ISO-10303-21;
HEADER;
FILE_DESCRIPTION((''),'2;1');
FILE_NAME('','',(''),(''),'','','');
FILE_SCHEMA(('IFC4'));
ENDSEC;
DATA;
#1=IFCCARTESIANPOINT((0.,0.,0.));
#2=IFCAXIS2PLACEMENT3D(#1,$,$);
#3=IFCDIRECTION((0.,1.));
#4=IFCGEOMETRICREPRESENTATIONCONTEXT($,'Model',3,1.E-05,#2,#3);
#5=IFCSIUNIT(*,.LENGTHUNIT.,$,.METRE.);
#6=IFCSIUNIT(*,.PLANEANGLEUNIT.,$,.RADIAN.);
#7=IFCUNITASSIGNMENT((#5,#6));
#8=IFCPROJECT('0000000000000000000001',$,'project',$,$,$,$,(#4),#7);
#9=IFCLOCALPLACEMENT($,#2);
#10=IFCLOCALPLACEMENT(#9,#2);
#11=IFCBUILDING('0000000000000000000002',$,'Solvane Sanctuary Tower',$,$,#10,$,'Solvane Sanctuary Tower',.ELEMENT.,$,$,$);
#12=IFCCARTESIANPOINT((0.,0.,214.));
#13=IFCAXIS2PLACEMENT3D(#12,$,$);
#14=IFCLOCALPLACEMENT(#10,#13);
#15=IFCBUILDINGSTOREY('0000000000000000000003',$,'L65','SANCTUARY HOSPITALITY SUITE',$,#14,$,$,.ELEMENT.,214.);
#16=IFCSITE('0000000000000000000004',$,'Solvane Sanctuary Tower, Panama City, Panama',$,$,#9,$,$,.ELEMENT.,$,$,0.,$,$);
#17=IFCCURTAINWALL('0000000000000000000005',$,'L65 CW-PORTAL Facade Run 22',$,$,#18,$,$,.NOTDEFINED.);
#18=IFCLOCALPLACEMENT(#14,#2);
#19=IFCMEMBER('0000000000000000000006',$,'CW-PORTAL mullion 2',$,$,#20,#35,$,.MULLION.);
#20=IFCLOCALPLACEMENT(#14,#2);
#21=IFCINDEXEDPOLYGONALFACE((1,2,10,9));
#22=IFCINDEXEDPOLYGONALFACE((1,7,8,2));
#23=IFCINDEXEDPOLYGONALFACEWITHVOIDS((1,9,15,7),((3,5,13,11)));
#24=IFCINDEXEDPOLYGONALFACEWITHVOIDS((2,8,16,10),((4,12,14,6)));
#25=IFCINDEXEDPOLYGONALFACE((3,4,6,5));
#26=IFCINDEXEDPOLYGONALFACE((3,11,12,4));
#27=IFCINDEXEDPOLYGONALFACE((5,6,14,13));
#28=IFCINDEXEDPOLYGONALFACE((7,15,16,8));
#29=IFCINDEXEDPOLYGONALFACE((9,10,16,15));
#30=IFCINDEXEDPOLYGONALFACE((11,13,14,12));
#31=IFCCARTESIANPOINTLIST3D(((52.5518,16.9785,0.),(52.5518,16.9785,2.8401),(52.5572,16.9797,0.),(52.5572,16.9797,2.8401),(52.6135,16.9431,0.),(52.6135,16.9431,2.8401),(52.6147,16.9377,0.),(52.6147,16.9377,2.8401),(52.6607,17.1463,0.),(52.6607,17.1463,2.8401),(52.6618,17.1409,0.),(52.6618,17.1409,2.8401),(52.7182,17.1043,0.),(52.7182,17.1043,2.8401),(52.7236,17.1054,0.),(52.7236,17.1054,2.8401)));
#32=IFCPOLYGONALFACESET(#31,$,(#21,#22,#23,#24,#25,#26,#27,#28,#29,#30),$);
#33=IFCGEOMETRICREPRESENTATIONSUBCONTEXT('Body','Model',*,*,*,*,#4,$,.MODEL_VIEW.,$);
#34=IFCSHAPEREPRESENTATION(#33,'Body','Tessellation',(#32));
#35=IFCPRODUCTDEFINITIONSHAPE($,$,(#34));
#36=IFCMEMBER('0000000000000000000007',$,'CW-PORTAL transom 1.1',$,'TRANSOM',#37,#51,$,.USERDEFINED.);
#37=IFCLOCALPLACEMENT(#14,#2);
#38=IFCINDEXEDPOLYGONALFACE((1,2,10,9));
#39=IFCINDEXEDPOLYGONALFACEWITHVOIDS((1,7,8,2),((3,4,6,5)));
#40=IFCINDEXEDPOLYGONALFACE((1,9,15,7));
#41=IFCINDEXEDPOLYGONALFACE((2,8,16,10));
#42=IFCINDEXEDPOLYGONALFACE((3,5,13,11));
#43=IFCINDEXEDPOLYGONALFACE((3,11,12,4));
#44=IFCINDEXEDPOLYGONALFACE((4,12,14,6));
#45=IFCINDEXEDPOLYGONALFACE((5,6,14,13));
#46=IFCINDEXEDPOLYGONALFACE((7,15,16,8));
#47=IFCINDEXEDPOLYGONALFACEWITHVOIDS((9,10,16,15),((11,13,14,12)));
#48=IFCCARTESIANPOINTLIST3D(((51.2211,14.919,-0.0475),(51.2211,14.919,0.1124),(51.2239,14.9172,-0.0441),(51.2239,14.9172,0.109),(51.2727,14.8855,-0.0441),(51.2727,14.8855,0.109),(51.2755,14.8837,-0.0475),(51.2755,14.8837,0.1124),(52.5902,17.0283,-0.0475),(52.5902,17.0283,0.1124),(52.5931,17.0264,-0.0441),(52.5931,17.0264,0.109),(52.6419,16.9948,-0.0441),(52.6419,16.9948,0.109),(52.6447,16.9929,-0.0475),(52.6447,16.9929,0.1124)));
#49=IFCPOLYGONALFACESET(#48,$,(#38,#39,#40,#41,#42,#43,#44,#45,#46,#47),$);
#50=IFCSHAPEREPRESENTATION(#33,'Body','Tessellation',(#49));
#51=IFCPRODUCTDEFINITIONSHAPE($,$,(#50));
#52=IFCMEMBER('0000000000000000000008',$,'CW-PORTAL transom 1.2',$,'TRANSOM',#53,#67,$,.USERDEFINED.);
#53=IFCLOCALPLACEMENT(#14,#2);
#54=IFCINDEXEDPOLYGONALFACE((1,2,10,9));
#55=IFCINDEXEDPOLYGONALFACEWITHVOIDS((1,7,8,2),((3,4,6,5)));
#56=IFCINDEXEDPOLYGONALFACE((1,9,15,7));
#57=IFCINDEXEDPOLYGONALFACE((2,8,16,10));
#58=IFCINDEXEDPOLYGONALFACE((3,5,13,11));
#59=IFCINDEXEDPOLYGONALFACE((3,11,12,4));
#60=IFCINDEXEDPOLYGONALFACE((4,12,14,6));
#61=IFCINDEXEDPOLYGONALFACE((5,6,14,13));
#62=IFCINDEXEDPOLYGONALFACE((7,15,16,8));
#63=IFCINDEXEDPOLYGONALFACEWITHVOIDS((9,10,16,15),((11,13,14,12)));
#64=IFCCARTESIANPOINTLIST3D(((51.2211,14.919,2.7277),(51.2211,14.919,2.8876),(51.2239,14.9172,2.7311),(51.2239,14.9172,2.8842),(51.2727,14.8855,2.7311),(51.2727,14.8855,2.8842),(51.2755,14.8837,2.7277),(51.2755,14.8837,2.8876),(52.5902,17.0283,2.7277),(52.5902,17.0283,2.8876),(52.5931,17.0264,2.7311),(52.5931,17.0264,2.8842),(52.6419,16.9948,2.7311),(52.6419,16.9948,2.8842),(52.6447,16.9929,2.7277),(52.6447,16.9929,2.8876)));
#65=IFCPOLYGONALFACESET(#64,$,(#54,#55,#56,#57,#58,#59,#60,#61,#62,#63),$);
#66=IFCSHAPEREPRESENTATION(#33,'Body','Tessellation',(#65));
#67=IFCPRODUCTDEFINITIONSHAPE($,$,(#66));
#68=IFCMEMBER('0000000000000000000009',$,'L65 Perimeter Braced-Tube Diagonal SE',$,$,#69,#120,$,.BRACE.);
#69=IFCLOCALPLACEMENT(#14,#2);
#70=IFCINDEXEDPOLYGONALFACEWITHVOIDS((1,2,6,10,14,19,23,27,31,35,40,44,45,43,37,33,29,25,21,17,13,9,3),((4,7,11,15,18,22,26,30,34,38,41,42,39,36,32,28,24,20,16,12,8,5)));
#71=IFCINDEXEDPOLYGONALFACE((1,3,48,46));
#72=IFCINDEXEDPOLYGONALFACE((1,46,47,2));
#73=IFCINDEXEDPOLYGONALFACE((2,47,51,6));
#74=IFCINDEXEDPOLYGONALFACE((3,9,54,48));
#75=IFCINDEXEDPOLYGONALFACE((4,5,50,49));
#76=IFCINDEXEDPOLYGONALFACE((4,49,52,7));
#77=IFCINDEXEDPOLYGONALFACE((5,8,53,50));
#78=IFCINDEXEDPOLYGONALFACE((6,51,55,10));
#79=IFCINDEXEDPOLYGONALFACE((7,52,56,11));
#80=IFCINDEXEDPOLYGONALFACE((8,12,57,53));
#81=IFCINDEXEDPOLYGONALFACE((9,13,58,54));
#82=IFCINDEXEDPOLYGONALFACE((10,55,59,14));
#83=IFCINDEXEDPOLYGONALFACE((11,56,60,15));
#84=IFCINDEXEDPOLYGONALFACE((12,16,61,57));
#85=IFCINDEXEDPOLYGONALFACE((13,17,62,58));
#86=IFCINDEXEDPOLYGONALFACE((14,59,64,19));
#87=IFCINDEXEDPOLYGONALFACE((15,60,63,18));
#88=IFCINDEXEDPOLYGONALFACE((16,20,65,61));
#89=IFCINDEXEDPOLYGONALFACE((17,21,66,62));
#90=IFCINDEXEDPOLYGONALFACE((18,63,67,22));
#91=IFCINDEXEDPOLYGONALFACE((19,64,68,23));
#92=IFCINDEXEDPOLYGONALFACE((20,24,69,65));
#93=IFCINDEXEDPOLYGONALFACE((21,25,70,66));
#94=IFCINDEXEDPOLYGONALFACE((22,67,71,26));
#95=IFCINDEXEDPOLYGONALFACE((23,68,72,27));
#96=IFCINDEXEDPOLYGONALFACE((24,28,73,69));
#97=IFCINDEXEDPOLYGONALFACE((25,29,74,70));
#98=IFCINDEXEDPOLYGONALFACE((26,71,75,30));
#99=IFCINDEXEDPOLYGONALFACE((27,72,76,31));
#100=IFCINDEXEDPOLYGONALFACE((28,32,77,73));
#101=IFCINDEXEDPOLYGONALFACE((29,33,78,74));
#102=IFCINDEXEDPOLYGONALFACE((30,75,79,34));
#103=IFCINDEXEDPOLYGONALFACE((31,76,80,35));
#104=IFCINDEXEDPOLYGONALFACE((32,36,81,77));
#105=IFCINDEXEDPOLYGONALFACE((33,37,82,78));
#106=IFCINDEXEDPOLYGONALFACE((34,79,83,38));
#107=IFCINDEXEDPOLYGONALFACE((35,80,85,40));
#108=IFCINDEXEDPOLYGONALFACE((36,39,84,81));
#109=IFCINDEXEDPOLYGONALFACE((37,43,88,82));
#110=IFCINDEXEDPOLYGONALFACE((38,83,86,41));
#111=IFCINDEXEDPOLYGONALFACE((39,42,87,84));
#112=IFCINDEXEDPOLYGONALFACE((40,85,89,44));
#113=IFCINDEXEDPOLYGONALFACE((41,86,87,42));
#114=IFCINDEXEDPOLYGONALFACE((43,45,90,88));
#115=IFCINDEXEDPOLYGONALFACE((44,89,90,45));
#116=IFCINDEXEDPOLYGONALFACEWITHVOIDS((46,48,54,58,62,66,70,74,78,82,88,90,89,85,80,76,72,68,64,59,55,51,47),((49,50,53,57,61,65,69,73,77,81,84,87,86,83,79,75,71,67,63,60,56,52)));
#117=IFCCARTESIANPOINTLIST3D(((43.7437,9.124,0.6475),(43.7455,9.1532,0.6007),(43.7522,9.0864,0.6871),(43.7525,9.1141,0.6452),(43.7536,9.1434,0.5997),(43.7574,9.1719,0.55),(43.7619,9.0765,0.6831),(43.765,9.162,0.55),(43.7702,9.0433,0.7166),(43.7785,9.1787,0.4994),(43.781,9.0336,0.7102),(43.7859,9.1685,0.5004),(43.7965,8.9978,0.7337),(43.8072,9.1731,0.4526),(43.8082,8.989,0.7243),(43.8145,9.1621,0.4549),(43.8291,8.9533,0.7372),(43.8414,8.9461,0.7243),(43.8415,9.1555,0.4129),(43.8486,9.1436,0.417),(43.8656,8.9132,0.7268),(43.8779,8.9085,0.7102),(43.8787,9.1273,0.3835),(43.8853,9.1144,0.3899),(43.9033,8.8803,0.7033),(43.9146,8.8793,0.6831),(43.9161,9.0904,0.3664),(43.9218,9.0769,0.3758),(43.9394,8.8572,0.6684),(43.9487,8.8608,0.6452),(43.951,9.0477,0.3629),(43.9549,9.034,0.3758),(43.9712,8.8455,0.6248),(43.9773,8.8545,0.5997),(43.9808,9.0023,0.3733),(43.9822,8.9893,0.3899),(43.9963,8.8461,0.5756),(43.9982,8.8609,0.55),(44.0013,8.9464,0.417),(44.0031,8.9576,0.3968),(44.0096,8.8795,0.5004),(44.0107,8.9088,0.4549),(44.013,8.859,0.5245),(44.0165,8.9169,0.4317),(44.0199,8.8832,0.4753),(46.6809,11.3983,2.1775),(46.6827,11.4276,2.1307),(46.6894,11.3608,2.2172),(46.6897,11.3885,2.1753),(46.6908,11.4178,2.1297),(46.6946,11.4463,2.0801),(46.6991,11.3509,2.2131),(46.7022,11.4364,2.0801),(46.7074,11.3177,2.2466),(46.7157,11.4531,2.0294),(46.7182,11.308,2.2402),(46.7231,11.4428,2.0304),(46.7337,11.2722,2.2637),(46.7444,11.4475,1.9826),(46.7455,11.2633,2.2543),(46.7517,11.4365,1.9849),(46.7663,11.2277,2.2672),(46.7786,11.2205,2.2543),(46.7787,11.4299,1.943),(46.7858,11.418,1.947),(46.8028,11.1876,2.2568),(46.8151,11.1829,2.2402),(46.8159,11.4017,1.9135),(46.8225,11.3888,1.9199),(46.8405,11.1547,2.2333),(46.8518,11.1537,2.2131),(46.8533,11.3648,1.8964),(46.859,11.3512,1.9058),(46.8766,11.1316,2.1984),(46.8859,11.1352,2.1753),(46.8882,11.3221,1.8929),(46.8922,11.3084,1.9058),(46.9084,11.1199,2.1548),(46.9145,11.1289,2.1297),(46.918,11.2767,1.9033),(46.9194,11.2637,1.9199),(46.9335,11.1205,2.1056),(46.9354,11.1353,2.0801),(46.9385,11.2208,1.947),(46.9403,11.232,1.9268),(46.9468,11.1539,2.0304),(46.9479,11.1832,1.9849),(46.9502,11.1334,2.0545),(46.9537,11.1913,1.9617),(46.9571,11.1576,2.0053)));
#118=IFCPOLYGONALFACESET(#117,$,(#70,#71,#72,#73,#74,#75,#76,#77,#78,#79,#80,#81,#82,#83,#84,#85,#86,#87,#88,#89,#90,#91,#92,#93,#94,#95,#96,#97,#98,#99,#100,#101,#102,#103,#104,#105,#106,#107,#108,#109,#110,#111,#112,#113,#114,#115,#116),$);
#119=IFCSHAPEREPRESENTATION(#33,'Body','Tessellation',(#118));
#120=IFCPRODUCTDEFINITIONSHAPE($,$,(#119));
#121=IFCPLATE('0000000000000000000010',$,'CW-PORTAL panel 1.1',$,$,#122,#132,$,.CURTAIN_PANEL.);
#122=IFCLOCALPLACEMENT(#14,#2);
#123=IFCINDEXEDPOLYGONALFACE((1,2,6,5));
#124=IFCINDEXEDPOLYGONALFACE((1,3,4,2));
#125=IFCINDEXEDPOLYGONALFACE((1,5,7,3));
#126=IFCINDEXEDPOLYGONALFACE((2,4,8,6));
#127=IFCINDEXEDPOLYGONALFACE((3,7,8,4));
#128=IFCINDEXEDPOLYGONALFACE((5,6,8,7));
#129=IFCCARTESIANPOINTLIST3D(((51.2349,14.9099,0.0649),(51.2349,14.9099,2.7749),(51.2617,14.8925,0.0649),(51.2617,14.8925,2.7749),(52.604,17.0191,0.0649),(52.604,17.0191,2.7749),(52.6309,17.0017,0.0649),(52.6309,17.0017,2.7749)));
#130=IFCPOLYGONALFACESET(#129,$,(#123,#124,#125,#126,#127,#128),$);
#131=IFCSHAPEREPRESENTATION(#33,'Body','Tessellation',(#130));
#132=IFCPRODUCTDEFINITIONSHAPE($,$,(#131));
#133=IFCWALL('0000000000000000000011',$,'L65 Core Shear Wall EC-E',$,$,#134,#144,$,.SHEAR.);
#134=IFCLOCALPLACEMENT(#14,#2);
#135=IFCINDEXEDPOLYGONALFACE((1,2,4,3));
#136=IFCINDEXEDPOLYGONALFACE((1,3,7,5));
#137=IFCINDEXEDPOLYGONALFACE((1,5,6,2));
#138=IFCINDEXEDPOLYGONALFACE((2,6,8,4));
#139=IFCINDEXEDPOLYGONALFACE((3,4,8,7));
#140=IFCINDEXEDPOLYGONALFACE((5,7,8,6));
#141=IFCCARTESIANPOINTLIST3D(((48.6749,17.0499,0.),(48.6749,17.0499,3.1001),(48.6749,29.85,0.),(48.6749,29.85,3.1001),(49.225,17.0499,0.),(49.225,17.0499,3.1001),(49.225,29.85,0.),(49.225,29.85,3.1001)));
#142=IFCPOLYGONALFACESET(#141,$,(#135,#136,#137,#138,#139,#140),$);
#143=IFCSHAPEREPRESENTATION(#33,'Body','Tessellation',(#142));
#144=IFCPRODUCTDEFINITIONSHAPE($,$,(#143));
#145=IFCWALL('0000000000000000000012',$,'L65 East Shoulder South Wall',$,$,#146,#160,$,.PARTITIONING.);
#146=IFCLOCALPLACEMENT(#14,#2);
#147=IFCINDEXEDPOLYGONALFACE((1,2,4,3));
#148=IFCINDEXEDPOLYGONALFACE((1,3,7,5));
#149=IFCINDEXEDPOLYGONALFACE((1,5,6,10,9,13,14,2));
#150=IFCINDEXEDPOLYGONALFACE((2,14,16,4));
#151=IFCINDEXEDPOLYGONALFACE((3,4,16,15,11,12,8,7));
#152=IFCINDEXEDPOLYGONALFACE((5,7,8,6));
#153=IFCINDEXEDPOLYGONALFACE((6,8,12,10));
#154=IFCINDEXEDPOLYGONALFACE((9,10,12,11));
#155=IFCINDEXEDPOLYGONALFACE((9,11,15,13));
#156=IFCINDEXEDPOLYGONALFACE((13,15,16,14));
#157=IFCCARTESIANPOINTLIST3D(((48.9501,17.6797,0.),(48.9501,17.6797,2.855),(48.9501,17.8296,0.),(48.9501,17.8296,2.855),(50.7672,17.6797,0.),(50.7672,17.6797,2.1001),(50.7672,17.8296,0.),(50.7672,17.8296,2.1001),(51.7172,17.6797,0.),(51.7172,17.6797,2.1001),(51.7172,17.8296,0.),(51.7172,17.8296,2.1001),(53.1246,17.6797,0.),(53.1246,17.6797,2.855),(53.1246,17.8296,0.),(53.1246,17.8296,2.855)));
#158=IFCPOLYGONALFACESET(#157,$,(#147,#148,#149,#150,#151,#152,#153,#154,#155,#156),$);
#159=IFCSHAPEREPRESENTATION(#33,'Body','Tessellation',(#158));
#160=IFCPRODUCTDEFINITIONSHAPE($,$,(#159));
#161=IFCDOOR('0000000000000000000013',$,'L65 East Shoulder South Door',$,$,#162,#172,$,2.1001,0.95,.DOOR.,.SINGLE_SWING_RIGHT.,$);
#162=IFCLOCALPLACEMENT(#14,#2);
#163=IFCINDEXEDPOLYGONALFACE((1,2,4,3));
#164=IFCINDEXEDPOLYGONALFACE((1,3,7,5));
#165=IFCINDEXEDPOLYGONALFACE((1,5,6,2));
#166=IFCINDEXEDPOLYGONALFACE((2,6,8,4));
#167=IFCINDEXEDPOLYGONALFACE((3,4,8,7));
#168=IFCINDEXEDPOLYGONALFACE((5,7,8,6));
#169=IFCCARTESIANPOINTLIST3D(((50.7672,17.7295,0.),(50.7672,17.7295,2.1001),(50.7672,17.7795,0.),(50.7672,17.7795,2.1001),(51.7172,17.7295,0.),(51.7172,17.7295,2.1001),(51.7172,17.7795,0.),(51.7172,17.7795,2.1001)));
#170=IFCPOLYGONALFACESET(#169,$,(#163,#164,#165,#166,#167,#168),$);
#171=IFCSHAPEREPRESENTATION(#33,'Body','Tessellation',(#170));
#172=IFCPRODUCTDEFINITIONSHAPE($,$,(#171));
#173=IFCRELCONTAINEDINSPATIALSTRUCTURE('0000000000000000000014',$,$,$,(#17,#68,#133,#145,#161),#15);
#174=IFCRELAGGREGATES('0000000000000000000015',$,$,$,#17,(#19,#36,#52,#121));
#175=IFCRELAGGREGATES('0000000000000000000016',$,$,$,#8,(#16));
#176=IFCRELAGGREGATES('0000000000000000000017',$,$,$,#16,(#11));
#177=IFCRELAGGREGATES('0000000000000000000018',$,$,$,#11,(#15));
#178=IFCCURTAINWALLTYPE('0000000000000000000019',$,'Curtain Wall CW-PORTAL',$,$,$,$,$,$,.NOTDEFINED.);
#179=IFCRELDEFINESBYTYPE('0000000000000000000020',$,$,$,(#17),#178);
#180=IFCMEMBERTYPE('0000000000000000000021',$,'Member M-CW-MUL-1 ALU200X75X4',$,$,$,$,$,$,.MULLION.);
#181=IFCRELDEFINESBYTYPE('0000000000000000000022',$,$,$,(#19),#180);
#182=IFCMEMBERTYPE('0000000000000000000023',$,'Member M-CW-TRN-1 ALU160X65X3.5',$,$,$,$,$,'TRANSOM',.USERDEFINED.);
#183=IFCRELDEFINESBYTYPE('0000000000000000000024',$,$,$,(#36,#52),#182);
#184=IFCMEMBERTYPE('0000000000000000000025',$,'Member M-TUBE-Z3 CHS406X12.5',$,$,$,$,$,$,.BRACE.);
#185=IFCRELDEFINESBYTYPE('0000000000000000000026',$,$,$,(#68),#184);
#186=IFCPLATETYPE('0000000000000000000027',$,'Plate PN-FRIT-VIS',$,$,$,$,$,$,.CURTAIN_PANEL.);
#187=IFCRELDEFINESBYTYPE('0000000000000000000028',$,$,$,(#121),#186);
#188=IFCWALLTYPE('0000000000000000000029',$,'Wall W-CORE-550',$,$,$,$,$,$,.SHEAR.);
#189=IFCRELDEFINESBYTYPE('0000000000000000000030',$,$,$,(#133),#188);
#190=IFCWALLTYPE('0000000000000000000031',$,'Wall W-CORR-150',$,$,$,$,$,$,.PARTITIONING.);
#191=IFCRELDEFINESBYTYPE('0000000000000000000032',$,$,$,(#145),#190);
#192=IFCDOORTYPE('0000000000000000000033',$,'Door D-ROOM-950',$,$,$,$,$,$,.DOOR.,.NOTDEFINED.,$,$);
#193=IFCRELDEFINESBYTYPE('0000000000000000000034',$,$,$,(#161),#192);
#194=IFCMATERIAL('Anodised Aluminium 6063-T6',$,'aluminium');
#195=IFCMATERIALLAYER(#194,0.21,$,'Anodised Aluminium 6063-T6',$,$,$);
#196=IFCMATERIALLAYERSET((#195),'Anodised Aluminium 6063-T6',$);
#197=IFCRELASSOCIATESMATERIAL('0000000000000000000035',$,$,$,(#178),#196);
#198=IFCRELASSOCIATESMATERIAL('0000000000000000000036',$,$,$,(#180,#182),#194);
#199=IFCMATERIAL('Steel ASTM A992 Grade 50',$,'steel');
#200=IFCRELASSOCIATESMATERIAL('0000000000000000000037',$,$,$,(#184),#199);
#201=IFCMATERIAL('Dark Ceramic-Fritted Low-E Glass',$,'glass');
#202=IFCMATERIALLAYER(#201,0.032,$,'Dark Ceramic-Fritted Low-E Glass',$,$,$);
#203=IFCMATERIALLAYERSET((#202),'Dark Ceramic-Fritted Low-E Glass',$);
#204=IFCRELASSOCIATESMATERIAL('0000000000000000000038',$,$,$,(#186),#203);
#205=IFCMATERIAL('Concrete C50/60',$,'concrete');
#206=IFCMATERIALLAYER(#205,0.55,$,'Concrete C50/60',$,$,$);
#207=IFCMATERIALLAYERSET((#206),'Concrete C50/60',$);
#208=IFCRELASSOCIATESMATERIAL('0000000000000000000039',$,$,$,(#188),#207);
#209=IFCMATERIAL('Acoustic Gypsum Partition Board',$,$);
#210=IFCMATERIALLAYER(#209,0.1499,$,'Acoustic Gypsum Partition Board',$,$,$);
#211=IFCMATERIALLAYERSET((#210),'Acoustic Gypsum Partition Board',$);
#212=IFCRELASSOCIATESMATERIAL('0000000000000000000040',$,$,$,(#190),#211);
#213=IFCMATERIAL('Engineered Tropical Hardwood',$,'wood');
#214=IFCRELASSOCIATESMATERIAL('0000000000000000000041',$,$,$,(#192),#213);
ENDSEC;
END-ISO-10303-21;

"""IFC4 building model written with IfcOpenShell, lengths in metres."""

from ifc_helpers import new_model, si_unit, direction, frame, frame_2d, origin, origin_2d, place, context, subcontext, project, spatial, rectangle, hollow_rectangle, hollow_circle, extrude, material, layer, layer_set, material_profile, profile_set, type_object, element, fill, aggregate, save


model = new_model("IFC4")

# Units and contexts
model_context = context("Model", 3, precision=1e-05, world=origin(), true_north=direction((0.0, 1.0)))
body_context = subcontext(model_context, "Body", "Model", "MODEL_VIEW")
ifc_project = project(units=[si_unit("LENGTHUNIT", "METRE"), si_unit("PLANEANGLEUNIT", "RADIAN")], contexts=[model_context])

# Site, building, storey
site_placement = place(None, origin())
site = spatial("IfcSite", under=ifc_project, at=site_placement, Name="Solvane Sanctuary Tower, Panama City, Panama", CompositionType="ELEMENT", RefElevation=0.0)
building_placement = place(site_placement, origin())
building = spatial("IfcBuilding", under=site, at=building_placement, Name="Solvane Sanctuary Tower", LongName="Solvane Sanctuary Tower", CompositionType="ELEMENT")
storey_placement = place(building_placement, frame((0.0, 0.0, 214.0)))
storey = spatial("IfcBuildingStorey", under=building, at=storey_placement, Name="L65", Description="SANCTUARY HOSPITALITY SUITE", CompositionType="ELEMENT", Elevation=214.0)

# Shared definitions
ifc_material_1 = material(Name="Concrete C50/60", Category="concrete")

# Shared definitions
ifc_material_2 = material(Name="Steel ASTM A992 Grade 50", Category="steel")

# Curtain wall, members
ifc_material_3 = material(Name="Anodised Aluminium 6063-T6", Category="aluminium")
ifc_layer_1 = layer(ifc_material_3, 0.21, Name="Anodised Aluminium 6063-T6")
ifc_layer_set_1 = layer_set([ifc_layer_1], Name="Anodised Aluminium 6063-T6")
curtain_wall_type = type_object("IfcCurtainWallType", Name="Curtain Wall CW-PORTAL", PredefinedType="NOTDEFINED", material=ifc_layer_set_1)
curtain_wall_placement = place(storey_placement, origin())
curtain_wall = element("IfcCurtainWall", 1, at=curtain_wall_placement, inside=storey, type_object=curtain_wall_type, Name="L65 CW-PORTAL Facade Run 22", PredefinedType="NOTDEFINED")
ifc_material_profile_1 = material_profile(ifc_material_3, hollow_rectangle(XDim=0.075, YDim=0.2, WallThickness=0.0039, at=origin_2d()), Name="ALU200X75X4")
ifc_profile_set_1 = profile_set([ifc_material_profile_1], Name="Anodised Aluminium 6063-T6")
member_type_1 = type_object("IfcMemberType", Name="Member M-CW-MUL-1 ALU200X75X4", PredefinedType="MULLION", material=ifc_profile_set_1)
member_1_placement = place(storey_placement, frame((52.6377, 17.042, 0.0), z_axis=(0.0, 0.0, 1.0), x_axis=(-0.838778, 0.544474, 0.0)))
member_1 = element("IfcMember", 2, at=member_1_placement, type_object=member_type_1, Name="CW-PORTAL mullion 2", PredefinedType="MULLION", context=body_context, shape_type="SweptSolid", body=[
    extrude(hollow_rectangle(XDim=0.075, YDim=0.2, WallThickness=0.0039, at=origin_2d()), origin(), (0.0, 0.0, 1.0), 2.8401),
])
ifc_material_profile_2 = material_profile(ifc_material_3, hollow_rectangle(XDim=0.0649, YDim=0.1599, WallThickness=0.0034, at=origin_2d()), Name="ALU160X65X3.5")
ifc_profile_set_2 = profile_set([ifc_material_profile_2], Name="Anodised Aluminium 6063-T6")
member_type_2 = type_object("IfcMemberType", Name="Member M-CW-TRN-1 ALU160X65X3.5", ElementType="TRANSOM", PredefinedType="USERDEFINED", material=ifc_profile_set_2)
member_2_placement = place(storey_placement, frame((51.2483, 14.9014, 0.0325), z_axis=(0.544487, 0.83877, 0.0), x_axis=(-0.83877, 0.544487, 0.0)))
member_2 = element("IfcMember", 3, at=member_2_placement, type_object=member_type_2, Name="CW-PORTAL transom 1.1", ObjectType="TRANSOM", PredefinedType="USERDEFINED", context=body_context, shape_type="SweptSolid", body=[
    extrude(hollow_rectangle(XDim=0.0649, YDim=0.1599, WallThickness=0.0034, at=origin_2d()), origin(), (0.0, 0.0, 1.0), 2.5146),
])
member_3_placement = place(storey_placement, frame((51.2483, 14.9014, 2.8076), z_axis=(0.544487, 0.83877, 0.0), x_axis=(-0.83877, 0.544487, 0.0)))
member_3 = element("IfcMember", 4, at=member_3_placement, type_object=member_type_2, Name="CW-PORTAL transom 1.2", ObjectType="TRANSOM", PredefinedType="USERDEFINED", context=body_context, shape_type="SweptSolid", body=[
    extrude(hollow_rectangle(XDim=0.0649, YDim=0.1599, WallThickness=0.0034, at=origin_2d()), origin(), (0.0, 0.0, 1.0), 2.5146),
])

# Member
ifc_material_profile_3 = material_profile(ifc_material_2, hollow_circle(Radius=0.2029, WallThickness=0.0125, at=origin_2d()), Name="CHS406X12.5")
ifc_profile_set_3 = profile_set([ifc_material_profile_3], Name="Steel ASTM A992 Grade 50")
member_type_3 = type_object("IfcMemberType", Name="Member M-TUBE-Z3 CHS406X12.5", PredefinedType="BRACE", material=ifc_profile_set_3)
member_4_placement = place(storey_placement, frame((43.8816, 9.0115, 0.55), z_axis=(0.73109, 0.566107, 0.380828), x_axis=(-0.612242, 0.79067, 0.0)))
element("IfcMember", 5, at=member_4_placement, inside=storey, type_object=member_type_3, Name="L65 Perimeter Braced-Tube Diagonal SE", PredefinedType="BRACE", context=body_context, shape_type="SweptSolid", body=[
    extrude(hollow_circle(Radius=0.2029, WallThickness=0.0125, at=origin_2d()), origin(), (0.0, 0.0, 1.0), 4.0176),
])

# Plate
ifc_material_4 = material(Name="Dark Ceramic-Fritted Low-E Glass", Category="glass")
ifc_layer_2 = layer(ifc_material_4, 0.032, Name="Dark Ceramic-Fritted Low-E Glass")
ifc_layer_set_2 = layer_set([ifc_layer_2], Name="Dark Ceramic-Fritted Low-E Glass")
plate_type = type_object("IfcPlateType", Name="Plate PN-FRIT-VIS", PredefinedType="CURTAIN_PANEL", material=ifc_layer_set_2)
plate_placement = place(storey_placement, frame((51.9329, 15.9558, 0.0649), z_axis=(0.0, 0.0, 1.0), x_axis=(0.544474, 0.838778, 0.0)))
plate = element("IfcPlate", 6, at=plate_placement, type_object=plate_type, Name="CW-PORTAL panel 1.1", PredefinedType="CURTAIN_PANEL", context=body_context, shape_type="SweptSolid", body=[
    extrude(rectangle(XDim=2.5146, YDim=0.032, at=origin_2d()), origin(), (0.0, 0.0, 1.0), 2.71),
])
aggregate(curtain_wall, [member_1, member_2, member_3, plate])

# Wall
ifc_layer_3 = layer(ifc_material_1, 0.55, Name="Concrete C50/60")
ifc_layer_set_3 = layer_set([ifc_layer_3], Name="Concrete C50/60")
wall_type_1 = type_object("IfcWallType", Name="Wall W-CORE-550", PredefinedType="SHEAR", material=ifc_layer_set_3)
wall_1_placement = place(storey_placement, frame((48.95, 17.05, 0.0), z_axis=(0.0, 0.0, 1.0), x_axis=(0.0, 1.0, 0.0)))
element("IfcWall", 7, at=wall_1_placement, inside=storey, type_object=wall_type_1, Name="L65 Core Shear Wall EC-E", PredefinedType="SHEAR", context=body_context, shape_type="SweptSolid", body=[
    extrude(rectangle(XDim=12.8, YDim=0.55, at=frame_2d((6.3999, 0.0))), origin(), (0.0, 0.0, 1.0), 3.1001),
])

# Wall, opening, door
ifc_material_5 = material(Name="Acoustic Gypsum Partition Board")
ifc_layer_4 = layer(ifc_material_5, 0.1499, Name="Acoustic Gypsum Partition Board")
ifc_layer_set_4 = layer_set([ifc_layer_4], Name="Acoustic Gypsum Partition Board")
wall_type_2 = type_object("IfcWallType", Name="Wall W-CORR-150", PredefinedType="PARTITIONING", material=ifc_layer_set_4)
wall_2_placement = place(storey_placement, frame((48.95, 17.7546, 0.0), z_axis=(0.0, 0.0, 1.0), x_axis=(1.0, 0.0, 0.0)))
wall_2 = element("IfcWall", 8, at=wall_2_placement, inside=storey, type_object=wall_type_2, Name="L65 East Shoulder South Wall", PredefinedType="PARTITIONING", context=body_context, shape_type="SweptSolid", body=[
    extrude(rectangle(XDim=4.1746, YDim=0.1499, at=frame_2d((2.0874, 0.0))), origin(), (0.0, 0.0, 1.0), 2.855),
])
opening_1_placement = place(wall_2_placement, frame((1.8171, 0.0, 0.0)))
opening_1 = element("IfcOpeningElement", 9, at=opening_1_placement, cuts=wall_2, PredefinedType="OPENING", context=body_context, shape_type="SweptSolid", body=[
    extrude(rectangle(XDim=0.95, YDim=2.1001, at=frame_2d((0.4751, 1.05))), frame((0.0, 0.085, 0.0), z_axis=(0.0, -1.0, 0.0), x_axis=(1.0, 0.0, 0.0)), (0.0, 0.0, 1.0), 0.1699),
])
ifc_material_6 = material(Name="Engineered Tropical Hardwood", Category="wood")
door_type = type_object("IfcDoorType", Name="Door D-ROOM-950", OperationType="NOTDEFINED", PredefinedType="DOOR", material=ifc_material_6)
door_placement = place(opening_1_placement, origin())
door = element("IfcDoor", 10, at=door_placement, inside=storey, type_object=door_type, Name="L65 East Shoulder South Door", OperationType="SINGLE_SWING_RIGHT", OverallHeight=2.1001, OverallWidth=0.95, PredefinedType="DOOR", context=body_context, shape_type="SweptSolid", body=[
    extrude(rectangle(XDim=0.95, YDim=2.1001, at=frame_2d((0.4751, 1.05))), frame((0.0, 0.0249, 0.0), z_axis=(0.0, -1.0, 0.0), x_axis=(1.0, 0.0, 0.0)), (0.0, 0.0, 1.0), 0.05),
])
fill(opening_1, door)

save(model, "model.ifc")
